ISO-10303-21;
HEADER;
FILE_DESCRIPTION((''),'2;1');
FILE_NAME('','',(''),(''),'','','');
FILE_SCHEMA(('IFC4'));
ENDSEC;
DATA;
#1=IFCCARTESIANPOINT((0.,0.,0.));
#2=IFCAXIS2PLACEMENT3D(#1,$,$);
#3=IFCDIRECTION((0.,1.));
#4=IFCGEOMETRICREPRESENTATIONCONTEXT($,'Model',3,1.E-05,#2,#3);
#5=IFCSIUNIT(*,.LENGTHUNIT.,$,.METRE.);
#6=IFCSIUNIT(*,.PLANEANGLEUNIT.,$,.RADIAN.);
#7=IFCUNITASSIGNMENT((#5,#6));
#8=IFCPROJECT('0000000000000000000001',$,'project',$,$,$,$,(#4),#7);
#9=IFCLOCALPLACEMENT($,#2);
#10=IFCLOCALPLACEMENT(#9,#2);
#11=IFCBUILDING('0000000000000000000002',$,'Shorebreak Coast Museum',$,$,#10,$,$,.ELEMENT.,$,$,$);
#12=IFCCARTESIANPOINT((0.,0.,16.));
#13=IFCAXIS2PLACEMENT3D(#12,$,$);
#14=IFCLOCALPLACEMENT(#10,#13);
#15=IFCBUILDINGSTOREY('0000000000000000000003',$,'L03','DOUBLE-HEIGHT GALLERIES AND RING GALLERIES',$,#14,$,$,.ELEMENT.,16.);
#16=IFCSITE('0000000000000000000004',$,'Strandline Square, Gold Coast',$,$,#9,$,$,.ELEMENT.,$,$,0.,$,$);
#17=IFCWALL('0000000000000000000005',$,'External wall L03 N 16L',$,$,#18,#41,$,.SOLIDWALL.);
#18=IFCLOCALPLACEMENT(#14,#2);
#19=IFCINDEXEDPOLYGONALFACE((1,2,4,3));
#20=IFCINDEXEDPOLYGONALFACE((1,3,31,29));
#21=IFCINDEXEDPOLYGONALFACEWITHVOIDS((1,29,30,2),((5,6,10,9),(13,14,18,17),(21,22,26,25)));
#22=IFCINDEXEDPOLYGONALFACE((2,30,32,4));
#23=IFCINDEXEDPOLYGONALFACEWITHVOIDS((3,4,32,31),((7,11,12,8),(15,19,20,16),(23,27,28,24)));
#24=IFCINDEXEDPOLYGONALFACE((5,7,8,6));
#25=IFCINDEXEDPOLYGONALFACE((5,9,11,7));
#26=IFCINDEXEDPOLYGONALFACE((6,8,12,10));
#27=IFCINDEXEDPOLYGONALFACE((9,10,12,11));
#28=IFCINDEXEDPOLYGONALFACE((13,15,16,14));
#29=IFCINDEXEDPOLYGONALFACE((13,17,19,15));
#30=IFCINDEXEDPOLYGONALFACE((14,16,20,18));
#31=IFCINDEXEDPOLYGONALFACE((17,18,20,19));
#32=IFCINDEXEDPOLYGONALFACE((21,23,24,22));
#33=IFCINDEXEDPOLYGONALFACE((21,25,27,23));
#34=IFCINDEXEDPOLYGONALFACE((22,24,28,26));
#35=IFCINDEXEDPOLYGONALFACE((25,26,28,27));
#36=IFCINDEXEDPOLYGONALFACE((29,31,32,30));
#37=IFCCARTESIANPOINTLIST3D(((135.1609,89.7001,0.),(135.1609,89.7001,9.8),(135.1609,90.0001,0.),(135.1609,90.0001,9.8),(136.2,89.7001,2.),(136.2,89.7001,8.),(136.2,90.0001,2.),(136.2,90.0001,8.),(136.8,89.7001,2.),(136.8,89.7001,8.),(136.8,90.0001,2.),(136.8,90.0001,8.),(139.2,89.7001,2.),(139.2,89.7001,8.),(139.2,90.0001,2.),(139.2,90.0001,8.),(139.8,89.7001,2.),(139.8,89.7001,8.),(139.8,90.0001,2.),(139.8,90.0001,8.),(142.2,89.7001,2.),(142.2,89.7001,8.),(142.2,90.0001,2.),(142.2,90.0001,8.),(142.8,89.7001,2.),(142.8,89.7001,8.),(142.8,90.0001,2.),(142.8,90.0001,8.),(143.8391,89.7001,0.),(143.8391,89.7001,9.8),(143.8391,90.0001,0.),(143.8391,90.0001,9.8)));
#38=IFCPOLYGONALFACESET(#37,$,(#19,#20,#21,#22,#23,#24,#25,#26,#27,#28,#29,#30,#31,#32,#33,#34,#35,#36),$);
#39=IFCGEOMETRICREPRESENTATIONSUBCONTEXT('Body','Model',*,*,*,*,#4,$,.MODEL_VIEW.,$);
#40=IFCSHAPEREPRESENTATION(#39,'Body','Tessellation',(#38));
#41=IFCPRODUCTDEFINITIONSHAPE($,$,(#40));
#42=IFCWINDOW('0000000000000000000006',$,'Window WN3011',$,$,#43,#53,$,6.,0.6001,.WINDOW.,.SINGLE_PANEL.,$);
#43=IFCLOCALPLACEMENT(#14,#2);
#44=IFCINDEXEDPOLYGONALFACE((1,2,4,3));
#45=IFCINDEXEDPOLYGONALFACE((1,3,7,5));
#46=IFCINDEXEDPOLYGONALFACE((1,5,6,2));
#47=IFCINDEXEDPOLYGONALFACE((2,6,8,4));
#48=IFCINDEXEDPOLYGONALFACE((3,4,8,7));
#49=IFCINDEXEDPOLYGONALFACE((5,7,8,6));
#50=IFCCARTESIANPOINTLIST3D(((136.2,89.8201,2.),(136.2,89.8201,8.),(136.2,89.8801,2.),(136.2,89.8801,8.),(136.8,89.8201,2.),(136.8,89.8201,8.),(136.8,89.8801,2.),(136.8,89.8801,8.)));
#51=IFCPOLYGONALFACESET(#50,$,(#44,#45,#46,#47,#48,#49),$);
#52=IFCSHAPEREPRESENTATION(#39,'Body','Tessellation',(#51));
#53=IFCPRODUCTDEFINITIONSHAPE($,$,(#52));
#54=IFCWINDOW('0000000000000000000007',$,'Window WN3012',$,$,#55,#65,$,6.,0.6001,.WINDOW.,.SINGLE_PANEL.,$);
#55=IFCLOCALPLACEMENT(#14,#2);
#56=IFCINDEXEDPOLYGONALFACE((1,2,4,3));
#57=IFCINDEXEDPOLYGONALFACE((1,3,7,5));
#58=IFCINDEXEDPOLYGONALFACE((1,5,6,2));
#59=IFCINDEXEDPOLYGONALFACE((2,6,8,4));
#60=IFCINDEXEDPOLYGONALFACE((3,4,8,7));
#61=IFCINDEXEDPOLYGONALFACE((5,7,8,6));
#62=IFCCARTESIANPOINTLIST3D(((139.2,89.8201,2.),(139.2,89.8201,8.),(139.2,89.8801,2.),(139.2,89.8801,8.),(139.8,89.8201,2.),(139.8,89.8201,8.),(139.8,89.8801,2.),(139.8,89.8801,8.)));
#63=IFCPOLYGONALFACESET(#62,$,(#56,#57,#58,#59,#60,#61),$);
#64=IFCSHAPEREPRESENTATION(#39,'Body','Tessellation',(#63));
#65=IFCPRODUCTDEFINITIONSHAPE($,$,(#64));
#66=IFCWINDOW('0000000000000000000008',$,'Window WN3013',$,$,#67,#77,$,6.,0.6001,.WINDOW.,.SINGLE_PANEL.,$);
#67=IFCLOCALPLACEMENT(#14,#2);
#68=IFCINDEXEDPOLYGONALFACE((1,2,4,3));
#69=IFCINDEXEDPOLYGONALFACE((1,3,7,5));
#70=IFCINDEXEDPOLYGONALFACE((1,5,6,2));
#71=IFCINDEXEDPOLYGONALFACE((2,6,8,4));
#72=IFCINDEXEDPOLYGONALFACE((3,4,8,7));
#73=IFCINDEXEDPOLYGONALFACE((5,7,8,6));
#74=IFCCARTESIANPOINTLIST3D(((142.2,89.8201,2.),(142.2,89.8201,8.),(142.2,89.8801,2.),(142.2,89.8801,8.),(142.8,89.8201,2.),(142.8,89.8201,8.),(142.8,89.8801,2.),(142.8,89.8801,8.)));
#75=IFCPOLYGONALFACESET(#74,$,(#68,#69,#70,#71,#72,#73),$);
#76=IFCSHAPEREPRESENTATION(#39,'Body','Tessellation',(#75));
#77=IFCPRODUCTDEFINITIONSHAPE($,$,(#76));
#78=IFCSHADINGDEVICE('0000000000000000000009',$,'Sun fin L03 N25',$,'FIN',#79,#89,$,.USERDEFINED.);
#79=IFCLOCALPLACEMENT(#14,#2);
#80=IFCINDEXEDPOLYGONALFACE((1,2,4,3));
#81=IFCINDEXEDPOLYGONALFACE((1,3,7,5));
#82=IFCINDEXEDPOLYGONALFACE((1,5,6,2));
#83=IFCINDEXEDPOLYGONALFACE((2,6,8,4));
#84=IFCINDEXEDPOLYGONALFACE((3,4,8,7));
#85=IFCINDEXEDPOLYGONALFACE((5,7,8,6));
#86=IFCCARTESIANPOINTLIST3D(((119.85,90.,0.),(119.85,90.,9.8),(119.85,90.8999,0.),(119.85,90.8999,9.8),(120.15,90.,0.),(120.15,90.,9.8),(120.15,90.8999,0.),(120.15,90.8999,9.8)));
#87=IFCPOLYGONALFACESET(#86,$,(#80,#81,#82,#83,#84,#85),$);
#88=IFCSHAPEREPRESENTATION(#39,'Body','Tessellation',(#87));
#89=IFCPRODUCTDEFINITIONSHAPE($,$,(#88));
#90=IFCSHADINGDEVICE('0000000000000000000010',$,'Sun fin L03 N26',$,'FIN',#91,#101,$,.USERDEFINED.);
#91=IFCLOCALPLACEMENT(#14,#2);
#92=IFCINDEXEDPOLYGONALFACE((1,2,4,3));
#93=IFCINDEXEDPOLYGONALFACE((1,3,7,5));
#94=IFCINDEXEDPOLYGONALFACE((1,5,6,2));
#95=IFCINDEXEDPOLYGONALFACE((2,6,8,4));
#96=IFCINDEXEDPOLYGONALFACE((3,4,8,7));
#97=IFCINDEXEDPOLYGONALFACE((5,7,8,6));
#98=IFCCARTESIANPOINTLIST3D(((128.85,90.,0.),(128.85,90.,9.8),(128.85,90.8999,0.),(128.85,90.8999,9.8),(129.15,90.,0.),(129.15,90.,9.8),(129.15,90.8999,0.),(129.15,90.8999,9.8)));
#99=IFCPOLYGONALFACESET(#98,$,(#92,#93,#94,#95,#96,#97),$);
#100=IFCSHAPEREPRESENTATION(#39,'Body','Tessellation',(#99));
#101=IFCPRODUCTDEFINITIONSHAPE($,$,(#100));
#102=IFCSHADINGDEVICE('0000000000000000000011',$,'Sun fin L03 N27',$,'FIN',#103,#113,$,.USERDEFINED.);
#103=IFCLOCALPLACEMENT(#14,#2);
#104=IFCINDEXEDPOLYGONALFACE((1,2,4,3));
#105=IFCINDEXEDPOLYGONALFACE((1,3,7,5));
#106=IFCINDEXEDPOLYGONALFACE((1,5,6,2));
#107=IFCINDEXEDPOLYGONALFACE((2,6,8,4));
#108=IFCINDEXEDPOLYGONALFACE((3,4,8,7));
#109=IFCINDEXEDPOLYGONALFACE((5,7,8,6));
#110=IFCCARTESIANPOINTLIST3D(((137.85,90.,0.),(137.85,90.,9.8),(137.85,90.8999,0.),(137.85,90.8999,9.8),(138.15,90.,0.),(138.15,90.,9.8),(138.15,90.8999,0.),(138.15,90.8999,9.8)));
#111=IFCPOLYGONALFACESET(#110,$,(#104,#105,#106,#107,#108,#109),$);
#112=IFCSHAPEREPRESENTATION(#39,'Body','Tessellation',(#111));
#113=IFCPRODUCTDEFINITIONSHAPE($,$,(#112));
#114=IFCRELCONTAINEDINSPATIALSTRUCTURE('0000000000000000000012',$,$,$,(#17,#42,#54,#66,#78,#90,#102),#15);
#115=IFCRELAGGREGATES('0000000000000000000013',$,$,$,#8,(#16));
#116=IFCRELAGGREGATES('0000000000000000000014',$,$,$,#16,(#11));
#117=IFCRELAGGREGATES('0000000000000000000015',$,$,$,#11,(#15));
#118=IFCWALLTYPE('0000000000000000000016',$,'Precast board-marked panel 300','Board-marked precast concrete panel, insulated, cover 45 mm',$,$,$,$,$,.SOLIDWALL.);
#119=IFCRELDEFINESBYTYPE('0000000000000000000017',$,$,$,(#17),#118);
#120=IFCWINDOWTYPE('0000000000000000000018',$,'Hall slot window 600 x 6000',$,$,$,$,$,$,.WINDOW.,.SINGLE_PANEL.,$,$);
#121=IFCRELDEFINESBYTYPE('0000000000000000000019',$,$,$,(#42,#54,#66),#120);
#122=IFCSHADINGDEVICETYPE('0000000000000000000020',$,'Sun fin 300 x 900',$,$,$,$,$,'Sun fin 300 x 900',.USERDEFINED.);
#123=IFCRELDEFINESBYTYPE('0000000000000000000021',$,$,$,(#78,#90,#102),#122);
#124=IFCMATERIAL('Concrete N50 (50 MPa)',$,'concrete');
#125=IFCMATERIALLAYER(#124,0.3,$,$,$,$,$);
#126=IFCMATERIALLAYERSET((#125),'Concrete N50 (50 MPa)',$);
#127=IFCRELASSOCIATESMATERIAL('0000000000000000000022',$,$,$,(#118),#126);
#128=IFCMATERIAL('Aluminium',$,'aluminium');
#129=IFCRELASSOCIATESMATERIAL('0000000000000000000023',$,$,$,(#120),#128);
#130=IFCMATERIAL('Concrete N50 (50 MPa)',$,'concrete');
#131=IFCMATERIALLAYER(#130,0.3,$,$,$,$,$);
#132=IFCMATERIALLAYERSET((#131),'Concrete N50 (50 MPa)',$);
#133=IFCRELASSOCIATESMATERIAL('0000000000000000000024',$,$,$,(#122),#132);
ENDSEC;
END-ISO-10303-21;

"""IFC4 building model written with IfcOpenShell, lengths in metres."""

from ifc_helpers import new_model, si_unit, direction, frame, frame_2d, origin, origin_2d, place, context, subcontext, project, spatial, rectangle, extrude, material, layer, layer_set, type_object, element, fill, save


model = new_model("IFC4")

# Units and contexts
model_context = context("Model", 3, precision=1e-05, world=origin(), true_north=direction((0.0, 1.0)))
body_context = subcontext(model_context, "Body", "Model", "MODEL_VIEW")
ifc_project = project(units=[si_unit("LENGTHUNIT", "METRE"), si_unit("PLANEANGLEUNIT", "RADIAN")], contexts=[model_context])

# Site, building, storey
site_placement = place(None, origin())
site = spatial("IfcSite", under=ifc_project, at=site_placement, Name="Strandline Square, Gold Coast", CompositionType="ELEMENT", RefElevation=0.0)
building_placement = place(site_placement, origin())
building = spatial("IfcBuilding", under=site, at=building_placement, Name="Shorebreak Coast Museum", CompositionType="ELEMENT")
storey_placement = place(building_placement, frame((0.0, 0.0, 16.0)))
storey = spatial("IfcBuildingStorey", under=building, at=storey_placement, Name="L03", Description="DOUBLE-HEIGHT GALLERIES AND RING GALLERIES", CompositionType="ELEMENT", Elevation=16.0)

# Wall, openings, windows
ifc_material_1 = material(Name="Concrete N50 (50 MPa)", Category="concrete")
ifc_layer_1 = layer(ifc_material_1, 0.3)
ifc_layer_set_1 = layer_set([ifc_layer_1], Name="Concrete N50 (50 MPa)")
wall_type = type_object("IfcWallType", Name="Precast board-marked panel 300", Description="Board-marked precast concrete panel, insulated, cover 45 mm", PredefinedType="SOLIDWALL", material=ifc_layer_set_1)
ifc_material_2 = material(Name="Aluminium", Category="aluminium")
window_type = type_object("IfcWindowType", Name="Hall slot window 600 x 6000", PartitioningType="SINGLE_PANEL", PredefinedType="WINDOW", material=ifc_material_2)
wall_1_placement = place(storey_placement, frame((135.1609, 89.8501, 0.0), z_axis=(0.0, 0.0, 1.0), x_axis=(1.0, 0.0, 0.0)))
wall_1 = element("IfcWall", 1, at=wall_1_placement, inside=storey, type_object=wall_type, Name="External wall L03 N 16L", PredefinedType="SOLIDWALL", context=body_context, shape_type="SweptSolid", body=[
    extrude(rectangle(XDim=8.6782, YDim=0.3, at=frame_2d((4.3391, 0.0))), origin(), (0.0, 0.0, 1.0), 9.8),
])
opening_1_placement = place(wall_1_placement, frame((1.0391, 0.0, 2.0)))
opening_1 = element("IfcOpeningElement", 2, at=opening_1_placement, cuts=wall_1, PredefinedType="OPENING", context=body_context, shape_type="SweptSolid", body=[
    extrude(rectangle(XDim=0.6001, YDim=6.0, at=frame_2d((0.3, 3.0))), frame((0.0, 0.1599, 0.0), z_axis=(0.0, -1.0, 0.0), x_axis=(1.0, 0.0, 0.0)), (0.0, 0.0, 1.0), 0.3201),
])
opening_2_placement = place(wall_1_placement, frame((4.0391, 0.0, 2.0)))
opening_2 = element("IfcOpeningElement", 3, at=opening_2_placement, cuts=wall_1, PredefinedType="OPENING", context=body_context, shape_type="SweptSolid", body=[
    extrude(rectangle(XDim=0.6001, YDim=6.0, at=frame_2d((0.3, 3.0))), frame((0.0, 0.1599, 0.0), z_axis=(0.0, -1.0, 0.0), x_axis=(1.0, 0.0, 0.0)), (0.0, 0.0, 1.0), 0.3201),
])
opening_3_placement = place(wall_1_placement, frame((7.0391, 0.0, 2.0)))
opening_3 = element("IfcOpeningElement", 4, at=opening_3_placement, cuts=wall_1, PredefinedType="OPENING", context=body_context, shape_type="SweptSolid", body=[
    extrude(rectangle(XDim=0.6001, YDim=6.0, at=frame_2d((0.3, 3.0))), frame((0.0, 0.1599, 0.0), z_axis=(0.0, -1.0, 0.0), x_axis=(1.0, 0.0, 0.0)), (0.0, 0.0, 1.0), 0.3201),
])
window_1_placement = place(opening_1_placement, origin())
window_1 = element("IfcWindow", 5, at=window_1_placement, inside=storey, type_object=window_type, Name="Window WN3011", OverallHeight=6.0, OverallWidth=0.6001, PartitioningType="SINGLE_PANEL", PredefinedType="WINDOW", context=body_context, shape_type="SweptSolid", body=[
    extrude(rectangle(XDim=0.6001, YDim=6.0, at=frame_2d((0.3, 3.0))), frame((0.0, 0.03, 0.0), z_axis=(0.0, -1.0, 0.0), x_axis=(1.0, 0.0, 0.0)), (0.0, 0.0, 1.0), 0.0601),
])
fill(opening_1, window_1)
window_2_placement = place(opening_2_placement, origin())
window_2 = element("IfcWindow", 6, at=window_2_placement, inside=storey, type_object=window_type, Name="Window WN3012", OverallHeight=6.0, OverallWidth=0.6001, PartitioningType="SINGLE_PANEL", PredefinedType="WINDOW", context=body_context, shape_type="SweptSolid", body=[
    extrude(rectangle(XDim=0.6001, YDim=6.0, at=frame_2d((0.3, 3.0))), frame((0.0, 0.03, 0.0), z_axis=(0.0, -1.0, 0.0), x_axis=(1.0, 0.0, 0.0)), (0.0, 0.0, 1.0), 0.0601),
])
fill(opening_2, window_2)
window_3_placement = place(opening_3_placement, origin())
window_3 = element("IfcWindow", 7, at=window_3_placement, inside=storey, type_object=window_type, Name="Window WN3013", OverallHeight=6.0, OverallWidth=0.6001, PartitioningType="SINGLE_PANEL", PredefinedType="WINDOW", context=body_context, shape_type="SweptSolid", body=[
    extrude(rectangle(XDim=0.6001, YDim=6.0, at=frame_2d((0.3, 3.0))), frame((0.0, 0.03, 0.0), z_axis=(0.0, -1.0, 0.0), x_axis=(1.0, 0.0, 0.0)), (0.0, 0.0, 1.0), 0.0601),
])
fill(opening_3, window_3)

# Shading devices
ifc_material_3 = material(Name="Concrete N50 (50 MPa)", Category="concrete")
ifc_layer_2 = layer(ifc_material_3, 0.3)
ifc_layer_set_2 = layer_set([ifc_layer_2], Name="Concrete N50 (50 MPa)")
shading_device_type = type_object("IfcShadingDeviceType", Name="Sun fin 300 x 900", ElementType="Sun fin 300 x 900", PredefinedType="USERDEFINED", material=ifc_layer_set_2)
for number, where, z_axis, x_axis, name in (
    (8, (120.0, 90.45, 0.0), (0.0, 0.0, 1.0), (1.0, 0.0, 0.0), "Sun fin L03 N25"),
    (9, (129.0, 90.45, 0.0), (0.0, 0.0, 1.0), (1.0, 0.0, 0.0), "Sun fin L03 N26"),
    (10, (138.0, 90.45, 0.0), (0.0, 0.0, 1.0), (1.0, 0.0, 0.0), "Sun fin L03 N27"),
):
    element("IfcShadingDevice", number, at=place(storey_placement, frame(where, z_axis=z_axis, x_axis=x_axis)), inside=storey, type_object=shading_device_type, Name=name, ObjectType="FIN", PredefinedType="USERDEFINED", context=body_context, shape_type="SweptSolid", body=[
        extrude(rectangle(XDim=0.3, YDim=0.8999, at=origin_2d()), origin(), (0.0, 0.0, 1.0), 9.8),
    ])

save(model, "model.ifc")
